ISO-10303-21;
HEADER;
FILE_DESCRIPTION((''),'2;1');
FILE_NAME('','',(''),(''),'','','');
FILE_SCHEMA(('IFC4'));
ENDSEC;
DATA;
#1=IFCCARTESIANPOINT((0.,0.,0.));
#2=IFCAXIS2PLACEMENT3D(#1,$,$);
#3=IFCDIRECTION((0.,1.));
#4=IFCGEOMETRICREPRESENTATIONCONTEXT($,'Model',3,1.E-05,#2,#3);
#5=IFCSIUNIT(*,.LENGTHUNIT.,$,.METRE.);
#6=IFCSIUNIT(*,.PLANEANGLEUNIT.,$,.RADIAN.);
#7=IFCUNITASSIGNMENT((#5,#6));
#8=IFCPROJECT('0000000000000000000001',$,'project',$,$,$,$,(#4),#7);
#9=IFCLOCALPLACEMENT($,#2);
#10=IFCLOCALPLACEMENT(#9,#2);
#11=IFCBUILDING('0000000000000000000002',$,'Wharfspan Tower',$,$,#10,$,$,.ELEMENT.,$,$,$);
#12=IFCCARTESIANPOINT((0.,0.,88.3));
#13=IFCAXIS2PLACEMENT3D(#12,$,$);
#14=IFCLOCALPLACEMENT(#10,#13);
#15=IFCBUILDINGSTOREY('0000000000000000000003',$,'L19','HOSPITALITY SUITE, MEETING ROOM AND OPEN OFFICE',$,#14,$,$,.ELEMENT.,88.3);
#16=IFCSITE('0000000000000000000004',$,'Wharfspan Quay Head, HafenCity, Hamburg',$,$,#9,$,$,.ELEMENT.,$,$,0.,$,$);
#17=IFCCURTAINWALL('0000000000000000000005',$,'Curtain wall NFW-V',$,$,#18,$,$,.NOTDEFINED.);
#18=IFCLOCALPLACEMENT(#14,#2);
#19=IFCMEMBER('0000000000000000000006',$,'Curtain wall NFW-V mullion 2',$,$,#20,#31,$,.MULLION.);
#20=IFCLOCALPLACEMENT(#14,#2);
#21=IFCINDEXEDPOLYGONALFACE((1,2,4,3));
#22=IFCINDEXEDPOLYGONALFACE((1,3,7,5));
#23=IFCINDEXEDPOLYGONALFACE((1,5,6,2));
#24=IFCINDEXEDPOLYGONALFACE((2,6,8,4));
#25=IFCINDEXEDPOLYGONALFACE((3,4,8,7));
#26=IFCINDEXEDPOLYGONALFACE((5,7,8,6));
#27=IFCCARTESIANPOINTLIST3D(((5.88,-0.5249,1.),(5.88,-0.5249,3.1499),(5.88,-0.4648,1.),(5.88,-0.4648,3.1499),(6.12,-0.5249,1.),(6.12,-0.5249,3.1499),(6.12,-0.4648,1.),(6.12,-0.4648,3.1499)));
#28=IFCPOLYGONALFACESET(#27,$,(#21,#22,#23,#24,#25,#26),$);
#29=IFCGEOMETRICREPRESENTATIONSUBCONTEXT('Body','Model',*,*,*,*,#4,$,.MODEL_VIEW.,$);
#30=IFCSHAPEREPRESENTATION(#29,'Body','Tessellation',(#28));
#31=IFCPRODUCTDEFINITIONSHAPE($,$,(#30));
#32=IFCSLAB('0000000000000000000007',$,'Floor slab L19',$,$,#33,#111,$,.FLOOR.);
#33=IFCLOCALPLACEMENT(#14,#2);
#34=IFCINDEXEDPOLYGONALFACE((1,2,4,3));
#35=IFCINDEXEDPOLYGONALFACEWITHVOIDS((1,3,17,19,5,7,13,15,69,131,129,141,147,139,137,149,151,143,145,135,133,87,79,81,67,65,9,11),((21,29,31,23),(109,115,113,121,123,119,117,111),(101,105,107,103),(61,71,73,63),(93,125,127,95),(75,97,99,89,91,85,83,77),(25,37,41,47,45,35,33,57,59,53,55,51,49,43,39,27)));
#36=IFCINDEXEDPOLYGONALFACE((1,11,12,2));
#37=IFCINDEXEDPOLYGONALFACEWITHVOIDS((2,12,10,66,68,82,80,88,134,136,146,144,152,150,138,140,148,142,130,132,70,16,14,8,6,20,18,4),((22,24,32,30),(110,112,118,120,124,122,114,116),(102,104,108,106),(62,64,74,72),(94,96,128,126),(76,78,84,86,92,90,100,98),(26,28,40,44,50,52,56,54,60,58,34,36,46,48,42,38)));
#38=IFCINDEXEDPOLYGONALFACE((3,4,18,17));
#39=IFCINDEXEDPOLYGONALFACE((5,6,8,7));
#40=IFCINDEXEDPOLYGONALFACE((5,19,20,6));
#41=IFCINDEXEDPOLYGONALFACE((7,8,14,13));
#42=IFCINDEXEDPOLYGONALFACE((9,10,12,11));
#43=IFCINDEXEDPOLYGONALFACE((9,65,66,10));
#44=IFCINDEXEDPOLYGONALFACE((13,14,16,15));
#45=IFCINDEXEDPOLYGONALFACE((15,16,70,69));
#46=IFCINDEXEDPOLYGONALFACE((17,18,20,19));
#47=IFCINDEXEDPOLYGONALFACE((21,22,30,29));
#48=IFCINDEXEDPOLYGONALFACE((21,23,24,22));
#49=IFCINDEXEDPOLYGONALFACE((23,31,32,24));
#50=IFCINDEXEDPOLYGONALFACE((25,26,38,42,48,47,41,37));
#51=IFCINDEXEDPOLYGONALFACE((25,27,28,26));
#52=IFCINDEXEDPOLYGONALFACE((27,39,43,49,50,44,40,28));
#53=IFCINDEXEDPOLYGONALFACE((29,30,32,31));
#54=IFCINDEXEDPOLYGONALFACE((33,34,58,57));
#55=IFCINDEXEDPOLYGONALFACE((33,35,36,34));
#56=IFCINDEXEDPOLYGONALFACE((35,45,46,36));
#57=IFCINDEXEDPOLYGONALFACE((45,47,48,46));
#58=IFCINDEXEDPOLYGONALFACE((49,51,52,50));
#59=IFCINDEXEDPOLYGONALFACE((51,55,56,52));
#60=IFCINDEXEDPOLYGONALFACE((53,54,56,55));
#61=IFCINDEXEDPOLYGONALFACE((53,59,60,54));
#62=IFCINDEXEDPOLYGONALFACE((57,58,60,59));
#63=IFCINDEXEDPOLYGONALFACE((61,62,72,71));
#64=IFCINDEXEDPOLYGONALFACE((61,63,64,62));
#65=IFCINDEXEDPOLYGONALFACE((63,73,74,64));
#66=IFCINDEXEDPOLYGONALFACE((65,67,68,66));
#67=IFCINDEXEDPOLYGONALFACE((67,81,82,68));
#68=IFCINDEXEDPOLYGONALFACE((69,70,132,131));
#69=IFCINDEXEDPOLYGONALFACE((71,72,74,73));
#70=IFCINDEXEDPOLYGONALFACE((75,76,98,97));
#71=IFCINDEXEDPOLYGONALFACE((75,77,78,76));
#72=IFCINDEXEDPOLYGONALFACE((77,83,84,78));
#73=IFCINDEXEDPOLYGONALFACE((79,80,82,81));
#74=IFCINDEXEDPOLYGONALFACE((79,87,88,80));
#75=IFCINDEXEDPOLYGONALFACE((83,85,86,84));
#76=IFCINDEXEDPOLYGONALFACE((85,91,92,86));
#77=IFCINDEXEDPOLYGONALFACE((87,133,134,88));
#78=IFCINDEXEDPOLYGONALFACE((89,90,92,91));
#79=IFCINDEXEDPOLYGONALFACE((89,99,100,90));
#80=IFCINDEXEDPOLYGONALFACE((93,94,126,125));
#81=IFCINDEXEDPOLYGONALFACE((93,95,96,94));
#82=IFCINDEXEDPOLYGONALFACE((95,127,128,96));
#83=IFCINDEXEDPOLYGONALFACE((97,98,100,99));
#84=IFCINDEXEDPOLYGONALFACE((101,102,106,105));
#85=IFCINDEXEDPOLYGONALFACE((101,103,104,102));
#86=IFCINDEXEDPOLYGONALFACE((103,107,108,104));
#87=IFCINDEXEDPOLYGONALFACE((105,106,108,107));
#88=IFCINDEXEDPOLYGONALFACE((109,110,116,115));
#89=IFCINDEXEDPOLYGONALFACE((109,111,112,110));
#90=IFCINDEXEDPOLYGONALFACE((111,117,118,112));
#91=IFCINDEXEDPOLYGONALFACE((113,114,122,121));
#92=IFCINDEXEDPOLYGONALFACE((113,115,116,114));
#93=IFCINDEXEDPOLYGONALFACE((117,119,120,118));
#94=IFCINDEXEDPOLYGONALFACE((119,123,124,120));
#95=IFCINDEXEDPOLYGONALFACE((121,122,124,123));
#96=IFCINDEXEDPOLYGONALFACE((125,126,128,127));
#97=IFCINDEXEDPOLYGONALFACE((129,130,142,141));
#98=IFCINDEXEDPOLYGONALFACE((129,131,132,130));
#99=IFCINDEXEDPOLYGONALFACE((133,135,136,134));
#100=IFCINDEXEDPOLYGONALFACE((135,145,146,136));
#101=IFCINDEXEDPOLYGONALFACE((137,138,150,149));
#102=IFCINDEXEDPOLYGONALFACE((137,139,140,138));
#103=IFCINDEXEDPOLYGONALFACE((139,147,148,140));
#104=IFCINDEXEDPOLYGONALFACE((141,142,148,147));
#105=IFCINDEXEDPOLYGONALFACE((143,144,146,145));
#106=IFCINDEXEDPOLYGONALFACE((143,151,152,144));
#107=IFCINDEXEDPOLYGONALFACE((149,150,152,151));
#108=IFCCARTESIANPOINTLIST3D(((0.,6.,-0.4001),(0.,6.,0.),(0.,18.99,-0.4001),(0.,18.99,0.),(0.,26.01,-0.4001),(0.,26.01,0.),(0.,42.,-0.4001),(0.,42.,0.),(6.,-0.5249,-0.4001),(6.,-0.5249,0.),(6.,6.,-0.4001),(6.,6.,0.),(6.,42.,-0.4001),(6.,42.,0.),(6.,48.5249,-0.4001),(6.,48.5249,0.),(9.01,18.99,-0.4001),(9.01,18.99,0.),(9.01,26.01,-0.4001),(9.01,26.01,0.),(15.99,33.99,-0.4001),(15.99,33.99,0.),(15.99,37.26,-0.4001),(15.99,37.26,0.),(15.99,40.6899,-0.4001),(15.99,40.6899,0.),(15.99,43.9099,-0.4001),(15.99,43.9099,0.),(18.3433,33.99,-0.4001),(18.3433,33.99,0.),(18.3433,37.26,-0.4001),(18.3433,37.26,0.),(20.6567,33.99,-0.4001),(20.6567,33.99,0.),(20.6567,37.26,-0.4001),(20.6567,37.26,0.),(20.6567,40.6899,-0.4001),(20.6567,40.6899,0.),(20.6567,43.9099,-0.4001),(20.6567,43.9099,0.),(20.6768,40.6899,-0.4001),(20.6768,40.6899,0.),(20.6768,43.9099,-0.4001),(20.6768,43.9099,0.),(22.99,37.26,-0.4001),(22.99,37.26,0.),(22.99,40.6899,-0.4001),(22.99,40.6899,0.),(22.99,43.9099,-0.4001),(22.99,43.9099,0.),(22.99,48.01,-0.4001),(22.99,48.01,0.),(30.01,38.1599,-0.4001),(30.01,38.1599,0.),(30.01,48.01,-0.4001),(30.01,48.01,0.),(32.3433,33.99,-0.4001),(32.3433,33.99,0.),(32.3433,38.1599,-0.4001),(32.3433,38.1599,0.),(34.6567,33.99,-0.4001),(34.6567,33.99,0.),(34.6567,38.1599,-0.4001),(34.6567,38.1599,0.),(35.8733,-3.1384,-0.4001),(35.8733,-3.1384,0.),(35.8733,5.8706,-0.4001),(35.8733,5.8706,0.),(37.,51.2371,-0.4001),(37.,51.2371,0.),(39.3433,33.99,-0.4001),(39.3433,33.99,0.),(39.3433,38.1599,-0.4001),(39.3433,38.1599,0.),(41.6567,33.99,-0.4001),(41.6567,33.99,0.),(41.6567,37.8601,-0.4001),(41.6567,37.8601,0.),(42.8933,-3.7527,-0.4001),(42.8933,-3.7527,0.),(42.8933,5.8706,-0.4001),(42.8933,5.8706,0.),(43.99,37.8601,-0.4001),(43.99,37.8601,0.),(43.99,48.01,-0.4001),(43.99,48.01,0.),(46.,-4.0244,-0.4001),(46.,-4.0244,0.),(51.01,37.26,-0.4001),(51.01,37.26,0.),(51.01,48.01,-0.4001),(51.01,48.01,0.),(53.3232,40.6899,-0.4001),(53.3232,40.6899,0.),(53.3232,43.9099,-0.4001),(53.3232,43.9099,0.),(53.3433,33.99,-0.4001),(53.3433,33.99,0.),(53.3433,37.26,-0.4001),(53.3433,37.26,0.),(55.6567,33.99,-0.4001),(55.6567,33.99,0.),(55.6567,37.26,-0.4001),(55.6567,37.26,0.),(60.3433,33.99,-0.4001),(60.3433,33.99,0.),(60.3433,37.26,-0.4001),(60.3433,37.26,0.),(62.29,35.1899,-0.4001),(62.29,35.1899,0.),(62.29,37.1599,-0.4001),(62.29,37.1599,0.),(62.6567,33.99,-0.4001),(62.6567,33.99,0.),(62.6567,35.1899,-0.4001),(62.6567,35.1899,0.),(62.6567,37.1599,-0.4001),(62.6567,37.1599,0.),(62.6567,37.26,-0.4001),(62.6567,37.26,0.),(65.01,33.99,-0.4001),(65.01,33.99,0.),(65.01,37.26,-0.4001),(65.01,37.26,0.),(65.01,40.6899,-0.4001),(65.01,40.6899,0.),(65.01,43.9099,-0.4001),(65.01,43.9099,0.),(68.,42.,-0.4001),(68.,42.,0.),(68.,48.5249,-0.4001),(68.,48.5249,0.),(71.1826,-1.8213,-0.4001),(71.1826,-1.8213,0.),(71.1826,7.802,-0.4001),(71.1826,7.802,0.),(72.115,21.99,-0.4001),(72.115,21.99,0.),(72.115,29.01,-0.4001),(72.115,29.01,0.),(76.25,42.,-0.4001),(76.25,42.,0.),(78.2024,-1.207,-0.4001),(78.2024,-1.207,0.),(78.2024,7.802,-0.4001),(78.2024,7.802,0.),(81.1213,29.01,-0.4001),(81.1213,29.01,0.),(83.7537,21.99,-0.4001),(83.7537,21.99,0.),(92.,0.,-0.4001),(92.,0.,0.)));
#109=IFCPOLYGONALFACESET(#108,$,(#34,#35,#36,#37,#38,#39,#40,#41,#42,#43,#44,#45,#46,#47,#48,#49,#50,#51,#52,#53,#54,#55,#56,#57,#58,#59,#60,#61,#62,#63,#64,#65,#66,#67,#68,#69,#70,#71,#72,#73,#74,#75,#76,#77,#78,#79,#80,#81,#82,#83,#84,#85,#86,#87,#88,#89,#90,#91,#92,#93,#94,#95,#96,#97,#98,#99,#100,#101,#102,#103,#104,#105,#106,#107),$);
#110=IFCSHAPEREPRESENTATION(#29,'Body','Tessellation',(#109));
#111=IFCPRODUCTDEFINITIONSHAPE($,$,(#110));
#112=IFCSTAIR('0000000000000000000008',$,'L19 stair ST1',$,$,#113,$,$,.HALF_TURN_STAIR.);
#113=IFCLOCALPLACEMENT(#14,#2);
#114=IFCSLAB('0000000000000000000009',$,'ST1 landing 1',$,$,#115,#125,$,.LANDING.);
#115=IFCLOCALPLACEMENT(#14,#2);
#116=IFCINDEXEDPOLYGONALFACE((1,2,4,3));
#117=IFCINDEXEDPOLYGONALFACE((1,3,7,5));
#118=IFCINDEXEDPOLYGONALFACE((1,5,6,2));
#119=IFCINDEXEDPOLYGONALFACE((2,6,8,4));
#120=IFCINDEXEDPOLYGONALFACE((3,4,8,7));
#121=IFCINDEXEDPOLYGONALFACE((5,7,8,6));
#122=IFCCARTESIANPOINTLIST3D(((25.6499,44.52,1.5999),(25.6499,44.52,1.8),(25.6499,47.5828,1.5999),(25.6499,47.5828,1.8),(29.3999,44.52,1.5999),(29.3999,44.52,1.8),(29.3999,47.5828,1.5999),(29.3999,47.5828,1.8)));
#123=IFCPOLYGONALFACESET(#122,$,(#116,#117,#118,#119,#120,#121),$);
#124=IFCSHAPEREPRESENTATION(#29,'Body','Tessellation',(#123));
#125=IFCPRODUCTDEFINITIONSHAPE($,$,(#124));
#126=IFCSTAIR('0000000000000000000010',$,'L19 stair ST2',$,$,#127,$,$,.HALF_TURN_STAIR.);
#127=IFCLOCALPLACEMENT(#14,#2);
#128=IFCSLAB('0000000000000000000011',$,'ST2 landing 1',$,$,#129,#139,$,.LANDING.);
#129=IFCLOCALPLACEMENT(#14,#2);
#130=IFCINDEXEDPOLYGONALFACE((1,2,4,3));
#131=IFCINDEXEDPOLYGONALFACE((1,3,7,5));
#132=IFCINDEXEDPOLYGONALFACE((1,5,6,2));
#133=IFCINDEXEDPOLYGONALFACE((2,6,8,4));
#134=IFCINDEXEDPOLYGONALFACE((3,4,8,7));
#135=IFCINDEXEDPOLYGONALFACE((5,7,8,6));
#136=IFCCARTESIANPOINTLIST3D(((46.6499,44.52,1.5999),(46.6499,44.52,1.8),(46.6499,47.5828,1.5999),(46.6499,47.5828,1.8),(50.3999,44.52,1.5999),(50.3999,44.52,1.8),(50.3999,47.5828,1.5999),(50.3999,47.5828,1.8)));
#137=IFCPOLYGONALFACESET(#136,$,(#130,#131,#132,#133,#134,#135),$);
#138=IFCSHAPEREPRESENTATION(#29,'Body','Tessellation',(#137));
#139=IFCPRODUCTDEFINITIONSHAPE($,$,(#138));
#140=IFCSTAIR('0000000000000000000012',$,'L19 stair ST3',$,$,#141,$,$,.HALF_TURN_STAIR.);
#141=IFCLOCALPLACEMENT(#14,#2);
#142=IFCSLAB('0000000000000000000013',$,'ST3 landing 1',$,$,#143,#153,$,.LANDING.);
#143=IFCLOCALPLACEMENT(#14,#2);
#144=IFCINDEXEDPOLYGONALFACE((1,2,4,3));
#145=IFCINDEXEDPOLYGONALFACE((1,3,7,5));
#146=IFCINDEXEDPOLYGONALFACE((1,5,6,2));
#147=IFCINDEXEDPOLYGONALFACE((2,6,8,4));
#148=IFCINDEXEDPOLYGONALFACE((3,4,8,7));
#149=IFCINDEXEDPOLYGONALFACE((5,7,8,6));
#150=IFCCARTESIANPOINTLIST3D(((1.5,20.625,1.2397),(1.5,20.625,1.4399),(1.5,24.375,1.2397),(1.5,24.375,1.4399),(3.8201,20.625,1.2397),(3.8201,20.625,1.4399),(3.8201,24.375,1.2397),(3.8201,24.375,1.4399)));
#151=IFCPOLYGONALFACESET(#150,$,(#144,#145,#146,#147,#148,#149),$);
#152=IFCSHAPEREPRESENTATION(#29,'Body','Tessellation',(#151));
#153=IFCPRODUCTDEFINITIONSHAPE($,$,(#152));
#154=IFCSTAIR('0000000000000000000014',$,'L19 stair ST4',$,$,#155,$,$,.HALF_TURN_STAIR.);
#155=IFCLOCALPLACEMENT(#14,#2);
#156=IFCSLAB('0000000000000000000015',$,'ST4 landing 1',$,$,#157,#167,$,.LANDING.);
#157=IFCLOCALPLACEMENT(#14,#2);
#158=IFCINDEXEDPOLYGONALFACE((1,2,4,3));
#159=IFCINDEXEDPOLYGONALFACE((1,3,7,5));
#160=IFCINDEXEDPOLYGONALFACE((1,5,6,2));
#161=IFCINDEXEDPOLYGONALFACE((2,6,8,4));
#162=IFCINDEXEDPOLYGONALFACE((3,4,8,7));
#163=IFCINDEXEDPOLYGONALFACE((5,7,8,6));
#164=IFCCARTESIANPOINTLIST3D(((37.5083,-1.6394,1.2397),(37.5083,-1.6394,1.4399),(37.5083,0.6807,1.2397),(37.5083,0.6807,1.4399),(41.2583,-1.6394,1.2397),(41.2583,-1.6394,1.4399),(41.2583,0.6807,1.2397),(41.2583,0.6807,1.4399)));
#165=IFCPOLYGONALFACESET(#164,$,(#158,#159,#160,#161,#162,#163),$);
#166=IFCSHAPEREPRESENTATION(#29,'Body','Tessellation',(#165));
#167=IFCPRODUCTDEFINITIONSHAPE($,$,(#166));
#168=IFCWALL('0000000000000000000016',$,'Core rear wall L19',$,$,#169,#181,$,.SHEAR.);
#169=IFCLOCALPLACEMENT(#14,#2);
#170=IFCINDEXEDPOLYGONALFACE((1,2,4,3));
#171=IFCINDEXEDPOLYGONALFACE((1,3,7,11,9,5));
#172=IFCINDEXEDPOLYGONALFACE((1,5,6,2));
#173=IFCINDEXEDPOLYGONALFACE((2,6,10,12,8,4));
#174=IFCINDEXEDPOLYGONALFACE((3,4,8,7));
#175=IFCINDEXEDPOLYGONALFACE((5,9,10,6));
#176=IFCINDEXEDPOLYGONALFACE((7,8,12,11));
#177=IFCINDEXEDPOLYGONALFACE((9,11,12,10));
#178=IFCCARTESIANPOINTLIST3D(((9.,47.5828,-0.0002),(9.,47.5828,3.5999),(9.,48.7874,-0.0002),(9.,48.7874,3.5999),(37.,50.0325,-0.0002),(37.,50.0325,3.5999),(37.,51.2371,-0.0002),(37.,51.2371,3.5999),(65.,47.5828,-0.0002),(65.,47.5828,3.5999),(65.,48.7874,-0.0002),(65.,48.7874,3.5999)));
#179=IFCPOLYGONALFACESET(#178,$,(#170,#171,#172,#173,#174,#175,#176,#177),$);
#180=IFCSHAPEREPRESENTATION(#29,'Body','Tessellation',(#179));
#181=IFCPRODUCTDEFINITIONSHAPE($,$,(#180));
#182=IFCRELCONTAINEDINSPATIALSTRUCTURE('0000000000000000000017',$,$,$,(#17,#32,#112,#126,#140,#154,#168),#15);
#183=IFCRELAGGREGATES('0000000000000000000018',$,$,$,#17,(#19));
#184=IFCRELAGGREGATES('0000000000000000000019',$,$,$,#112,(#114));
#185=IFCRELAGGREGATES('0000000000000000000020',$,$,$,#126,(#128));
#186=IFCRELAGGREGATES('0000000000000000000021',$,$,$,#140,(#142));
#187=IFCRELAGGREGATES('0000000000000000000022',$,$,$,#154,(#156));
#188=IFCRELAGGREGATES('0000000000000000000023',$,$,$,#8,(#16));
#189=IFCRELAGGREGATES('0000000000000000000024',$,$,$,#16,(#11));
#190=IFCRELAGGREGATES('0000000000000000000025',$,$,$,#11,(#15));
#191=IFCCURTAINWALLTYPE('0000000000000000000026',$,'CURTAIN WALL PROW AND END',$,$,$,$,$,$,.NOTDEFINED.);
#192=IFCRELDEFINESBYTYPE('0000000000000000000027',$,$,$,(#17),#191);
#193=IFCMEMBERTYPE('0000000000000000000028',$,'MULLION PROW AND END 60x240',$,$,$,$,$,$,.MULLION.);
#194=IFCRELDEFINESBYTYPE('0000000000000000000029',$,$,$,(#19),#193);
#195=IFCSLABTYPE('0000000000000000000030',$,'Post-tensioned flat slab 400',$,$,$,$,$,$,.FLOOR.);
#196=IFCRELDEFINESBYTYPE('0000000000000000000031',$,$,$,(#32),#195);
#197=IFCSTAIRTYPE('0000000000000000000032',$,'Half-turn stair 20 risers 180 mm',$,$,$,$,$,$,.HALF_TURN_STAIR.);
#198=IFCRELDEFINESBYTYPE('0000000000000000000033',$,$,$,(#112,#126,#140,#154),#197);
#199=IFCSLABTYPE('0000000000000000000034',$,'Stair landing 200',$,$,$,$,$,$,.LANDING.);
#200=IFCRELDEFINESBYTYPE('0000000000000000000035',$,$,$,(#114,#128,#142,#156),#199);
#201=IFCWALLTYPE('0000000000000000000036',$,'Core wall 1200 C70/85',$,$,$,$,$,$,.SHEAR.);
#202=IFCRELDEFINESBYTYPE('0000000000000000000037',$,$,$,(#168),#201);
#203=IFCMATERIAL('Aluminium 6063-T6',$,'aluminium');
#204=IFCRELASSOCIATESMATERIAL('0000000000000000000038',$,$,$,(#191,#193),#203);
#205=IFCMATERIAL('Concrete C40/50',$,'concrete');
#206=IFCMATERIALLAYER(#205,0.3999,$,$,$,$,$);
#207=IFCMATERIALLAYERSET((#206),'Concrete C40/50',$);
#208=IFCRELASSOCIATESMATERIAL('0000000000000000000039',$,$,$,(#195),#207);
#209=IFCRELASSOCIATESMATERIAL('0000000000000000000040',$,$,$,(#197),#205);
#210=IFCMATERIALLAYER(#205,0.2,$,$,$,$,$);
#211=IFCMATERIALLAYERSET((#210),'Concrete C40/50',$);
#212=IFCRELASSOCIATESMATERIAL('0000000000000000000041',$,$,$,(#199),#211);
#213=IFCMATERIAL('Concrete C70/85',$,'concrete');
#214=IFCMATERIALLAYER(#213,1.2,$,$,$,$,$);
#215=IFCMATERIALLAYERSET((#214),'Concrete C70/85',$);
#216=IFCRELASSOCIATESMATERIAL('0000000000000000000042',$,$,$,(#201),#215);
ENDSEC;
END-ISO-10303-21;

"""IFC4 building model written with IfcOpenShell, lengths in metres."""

from ifc_helpers import new_model, si_unit, direction, frame, origin, origin_2d, place, context, subcontext, project, spatial, polyline, rectangle, outline, extrude, material, layer, layer_set, material_profile, profile_set, type_object, element, aggregate, save


model = new_model("IFC4")

# Units and contexts
model_context = context("Model", 3, precision=1e-05, world=origin(), true_north=direction((0.0, 1.0)))
body_context = subcontext(model_context, "Body", "Model", "MODEL_VIEW")
ifc_project = project(units=[si_unit("LENGTHUNIT", "METRE"), si_unit("PLANEANGLEUNIT", "RADIAN")], contexts=[model_context])

# Site, building, storey
site_placement = place(None, origin())
site = spatial("IfcSite", under=ifc_project, at=site_placement, Name="Wharfspan Quay Head, HafenCity, Hamburg", CompositionType="ELEMENT", RefElevation=0.0)
building_placement = place(site_placement, origin())
building = spatial("IfcBuilding", under=site, at=building_placement, Name="Wharfspan Tower", CompositionType="ELEMENT")
storey_placement = place(building_placement, frame((0.0, 0.0, 88.3)))
storey = spatial("IfcBuildingStorey", under=building, at=storey_placement, Name="L19", Description="HOSPITALITY SUITE, MEETING ROOM AND OPEN OFFICE", CompositionType="ELEMENT", Elevation=88.3)

# Curtain wall, member
ifc_material_1 = material(Name="Aluminium 6063-T6", Category="aluminium")
curtain_wall_type = type_object("IfcCurtainWallType", Name="CURTAIN WALL PROW AND END", PredefinedType="NOTDEFINED", material=ifc_material_1)
curtain_wall_placement = place(storey_placement, origin())
curtain_wall = element("IfcCurtainWall", 1, at=curtain_wall_placement, inside=storey, type_object=curtain_wall_type, Name="Curtain wall NFW-V", PredefinedType="NOTDEFINED")
ifc_material_profile = material_profile(ifc_material_1, rectangle(XDim=0.24, YDim=0.0601, at=origin_2d()))
ifc_profile_set = profile_set([ifc_material_profile], Name="Aluminium 6063-T6")
member_type = type_object("IfcMemberType", Name="MULLION PROW AND END 60x240", PredefinedType="MULLION", material=ifc_profile_set)
member_placement = place(storey_placement, frame((6.0, -0.4949, 1.0), z_axis=(0.0, 0.0, 1.0), x_axis=(1.0, 0.0, 0.0)))
member = element("IfcMember", 2, at=member_placement, type_object=member_type, Name="Curtain wall NFW-V mullion 2", PredefinedType="MULLION", context=body_context, shape_type="SweptSolid", body=[
    extrude(rectangle(XDim=0.24, YDim=0.0601, at=origin_2d()), origin(), (0.0, 0.0, 1.0), 2.1499),
])
aggregate(curtain_wall, [member])

# Slab
ifc_material_2 = material(Name="Concrete C40/50", Category="concrete")
ifc_layer_1 = layer(ifc_material_2, 0.3999)
ifc_layer_set_1 = layer_set([ifc_layer_1], Name="Concrete C40/50")
slab_type_1 = type_object("IfcSlabType", Name="Post-tensioned flat slab 400", PredefinedType="FLOOR", material=ifc_layer_set_1)
slab_1_placement = place(storey_placement, frame((0.0, 0.0, -0.4001)))
element("IfcSlab", 3, at=slab_1_placement, inside=storey, type_object=slab_type_1, Name="Floor slab L19", PredefinedType="FLOOR", context=body_context, shape_type="SweptSolid", body=[
    extrude(outline(polyline([(35.8733, -3.1384), (35.8733, 5.8706), (42.8933, 5.8706), (42.8933, -3.7527), (46.0, -4.0244), (71.1826, -1.8213), (71.1826, 7.802), (78.2024, 7.802), (78.2024, -1.207), (92.0, 0.0), (83.7537, 21.99), (72.115, 21.99), (72.115, 29.01), (81.1213, 29.01), (76.25, 42.0), (68.0, 42.0), (68.0, 48.5249), (37.0, 51.2371), (6.0, 48.5249), (6.0, 42.0), (0.0, 42.0), (0.0, 26.01), (9.01, 26.01), (9.01, 18.99), (0.0, 18.99), (0.0, 6.0), (6.0, 6.0), (6.0, -0.5249), (35.8733, -3.1384)]), holes=[polyline([(62.29, 37.1599), (62.6567, 37.1599), (62.6567, 37.26), (65.01, 37.26), (65.01, 33.99), (62.6567, 33.99), (62.6567, 35.1899), (62.29, 35.1899), (62.29, 37.1599)]), polyline([(65.01, 43.9099), (65.01, 40.6899), (53.3232, 40.6899), (53.3232, 43.9099), (65.01, 43.9099)]), polyline([(55.6567, 33.99), (55.6567, 37.26), (60.3433, 37.26), (60.3433, 33.99), (55.6567, 33.99)]), polyline([(43.99, 37.8601), (43.99, 48.01), (51.01, 48.01), (51.01, 37.26), (53.3433, 37.26), (53.3433, 33.99), (41.6567, 33.99), (41.6567, 37.8601), (43.99, 37.8601)]), polyline([(34.6567, 33.99), (34.6567, 38.1599), (39.3433, 38.1599), (39.3433, 33.99), (34.6567, 33.99)]), polyline([(15.99, 40.6899), (15.99, 43.9099), (20.6567, 43.9099), (20.6768, 43.9099), (22.99, 43.9099), (22.99, 48.01), (30.01, 48.01), (30.01, 38.1599), (32.3433, 38.1599), (32.3433, 33.99), (20.6567, 33.99), (20.6567, 37.26), (22.99, 37.26), (22.99, 40.6899), (20.6768, 40.6899), (20.6567, 40.6899), (15.99, 40.6899)]), polyline([(18.3433, 37.26), (18.3433, 33.99), (15.99, 33.99), (15.99, 37.26), (18.3433, 37.26)])]), origin(), (0.0, 0.0, 1.0), 0.4001),
])

# Stairs, slabs
stair_type = type_object("IfcStairType", Name="Half-turn stair 20 risers 180 mm", PredefinedType="HALF_TURN_STAIR", material=ifc_material_2)
stair_1_placement = place(storey_placement, origin())
stair_1 = element("IfcStair", 4, at=stair_1_placement, inside=storey, type_object=stair_type, Name="L19 stair ST1", PredefinedType="HALF_TURN_STAIR")
ifc_layer_2 = layer(ifc_material_2, 0.2)
ifc_layer_set_2 = layer_set([ifc_layer_2], Name="Concrete C40/50")
slab_type_2 = type_object("IfcSlabType", Name="Stair landing 200", PredefinedType="LANDING", material=ifc_layer_set_2)
slab_2_placement = place(storey_placement, frame((0.0, 0.0, 1.5999)))
slab_2 = element("IfcSlab", 5, at=slab_2_placement, type_object=slab_type_2, Name="ST1 landing 1", PredefinedType="LANDING", context=body_context, shape_type="SweptSolid", body=[
    extrude(outline(polyline([(25.6499, 44.52), (29.3999, 44.52), (29.3999, 47.5828), (25.6499, 47.5828), (25.6499, 44.52)])), origin(), (0.0, 0.0, 1.0), 0.2002),
])
aggregate(stair_1, [slab_2])
stair_2_placement = place(storey_placement, origin())
stair_2 = element("IfcStair", 6, at=stair_2_placement, inside=storey, type_object=stair_type, Name="L19 stair ST2", PredefinedType="HALF_TURN_STAIR")
slab_3_placement = place(storey_placement, frame((0.0, 0.0, 1.5999)))
slab_3 = element("IfcSlab", 7, at=slab_3_placement, type_object=slab_type_2, Name="ST2 landing 1", PredefinedType="LANDING", context=body_context, shape_type="SweptSolid", body=[
    extrude(outline(polyline([(46.6499, 44.52), (50.3999, 44.52), (50.3999, 47.5828), (46.6499, 47.5828), (46.6499, 44.52)])), origin(), (0.0, 0.0, 1.0), 0.2002),
])
aggregate(stair_2, [slab_3])
stair_3_placement = place(storey_placement, origin())
stair_3 = element("IfcStair", 8, at=stair_3_placement, inside=storey, type_object=stair_type, Name="L19 stair ST3", PredefinedType="HALF_TURN_STAIR")
slab_4_placement = place(storey_placement, frame((0.0, 0.0, 1.2397)))
slab_4 = element("IfcSlab", 9, at=slab_4_placement, type_object=slab_type_2, Name="ST3 landing 1", PredefinedType="LANDING", context=body_context, shape_type="SweptSolid", body=[
    extrude(outline(polyline([(3.8201, 24.375), (1.5, 24.375), (1.5, 20.625), (3.8201, 20.625), (3.8201, 24.375)])), origin(), (0.0, 0.0, 1.0), 0.2002),
])
aggregate(stair_3, [slab_4])
stair_4_placement = place(storey_placement, origin())
stair_4 = element("IfcStair", 10, at=stair_4_placement, inside=storey, type_object=stair_type, Name="L19 stair ST4", PredefinedType="HALF_TURN_STAIR")
slab_5_placement = place(storey_placement, frame((0.0, 0.0, 1.2397)))
slab_5 = element("IfcSlab", 11, at=slab_5_placement, type_object=slab_type_2, Name="ST4 landing 1", PredefinedType="LANDING", context=body_context, shape_type="SweptSolid", body=[
    extrude(outline(polyline([(37.5083, 0.6807), (37.5083, -1.6394), (41.2583, -1.6394), (41.2583, 0.6807), (37.5083, 0.6807)])), origin(), (0.0, 0.0, 1.0), 0.2002),
])
aggregate(stair_4, [slab_5])

# Wall
ifc_material_3 = material(Name="Concrete C70/85", Category="concrete")
ifc_layer_3 = layer(ifc_material_3, 1.2)
ifc_layer_set_3 = layer_set([ifc_layer_3], Name="Concrete C70/85")
wall_type_1 = type_object("IfcWallType", Name="Core wall 1200 C70/85", PredefinedType="SHEAR", material=ifc_layer_set_3)
wall_1_placement = place(storey_placement, frame((0.0, 0.0, -0.0002)))
element("IfcWall", 12, at=wall_1_placement, inside=storey, type_object=wall_type_1, Name="Core rear wall L19", PredefinedType="SHEAR", context=body_context, shape_type="SweptSolid", body=[
    extrude(outline(polyline([(9.0, 47.5828), (37.0, 50.0325), (65.0, 47.5828), (65.0, 48.7874), (37.0, 51.2371), (9.0, 48.7874), (9.0, 47.5828)])), origin(), (0.0, 0.0, 1.0), 3.6001),
])

save(model, "model.ifc")
